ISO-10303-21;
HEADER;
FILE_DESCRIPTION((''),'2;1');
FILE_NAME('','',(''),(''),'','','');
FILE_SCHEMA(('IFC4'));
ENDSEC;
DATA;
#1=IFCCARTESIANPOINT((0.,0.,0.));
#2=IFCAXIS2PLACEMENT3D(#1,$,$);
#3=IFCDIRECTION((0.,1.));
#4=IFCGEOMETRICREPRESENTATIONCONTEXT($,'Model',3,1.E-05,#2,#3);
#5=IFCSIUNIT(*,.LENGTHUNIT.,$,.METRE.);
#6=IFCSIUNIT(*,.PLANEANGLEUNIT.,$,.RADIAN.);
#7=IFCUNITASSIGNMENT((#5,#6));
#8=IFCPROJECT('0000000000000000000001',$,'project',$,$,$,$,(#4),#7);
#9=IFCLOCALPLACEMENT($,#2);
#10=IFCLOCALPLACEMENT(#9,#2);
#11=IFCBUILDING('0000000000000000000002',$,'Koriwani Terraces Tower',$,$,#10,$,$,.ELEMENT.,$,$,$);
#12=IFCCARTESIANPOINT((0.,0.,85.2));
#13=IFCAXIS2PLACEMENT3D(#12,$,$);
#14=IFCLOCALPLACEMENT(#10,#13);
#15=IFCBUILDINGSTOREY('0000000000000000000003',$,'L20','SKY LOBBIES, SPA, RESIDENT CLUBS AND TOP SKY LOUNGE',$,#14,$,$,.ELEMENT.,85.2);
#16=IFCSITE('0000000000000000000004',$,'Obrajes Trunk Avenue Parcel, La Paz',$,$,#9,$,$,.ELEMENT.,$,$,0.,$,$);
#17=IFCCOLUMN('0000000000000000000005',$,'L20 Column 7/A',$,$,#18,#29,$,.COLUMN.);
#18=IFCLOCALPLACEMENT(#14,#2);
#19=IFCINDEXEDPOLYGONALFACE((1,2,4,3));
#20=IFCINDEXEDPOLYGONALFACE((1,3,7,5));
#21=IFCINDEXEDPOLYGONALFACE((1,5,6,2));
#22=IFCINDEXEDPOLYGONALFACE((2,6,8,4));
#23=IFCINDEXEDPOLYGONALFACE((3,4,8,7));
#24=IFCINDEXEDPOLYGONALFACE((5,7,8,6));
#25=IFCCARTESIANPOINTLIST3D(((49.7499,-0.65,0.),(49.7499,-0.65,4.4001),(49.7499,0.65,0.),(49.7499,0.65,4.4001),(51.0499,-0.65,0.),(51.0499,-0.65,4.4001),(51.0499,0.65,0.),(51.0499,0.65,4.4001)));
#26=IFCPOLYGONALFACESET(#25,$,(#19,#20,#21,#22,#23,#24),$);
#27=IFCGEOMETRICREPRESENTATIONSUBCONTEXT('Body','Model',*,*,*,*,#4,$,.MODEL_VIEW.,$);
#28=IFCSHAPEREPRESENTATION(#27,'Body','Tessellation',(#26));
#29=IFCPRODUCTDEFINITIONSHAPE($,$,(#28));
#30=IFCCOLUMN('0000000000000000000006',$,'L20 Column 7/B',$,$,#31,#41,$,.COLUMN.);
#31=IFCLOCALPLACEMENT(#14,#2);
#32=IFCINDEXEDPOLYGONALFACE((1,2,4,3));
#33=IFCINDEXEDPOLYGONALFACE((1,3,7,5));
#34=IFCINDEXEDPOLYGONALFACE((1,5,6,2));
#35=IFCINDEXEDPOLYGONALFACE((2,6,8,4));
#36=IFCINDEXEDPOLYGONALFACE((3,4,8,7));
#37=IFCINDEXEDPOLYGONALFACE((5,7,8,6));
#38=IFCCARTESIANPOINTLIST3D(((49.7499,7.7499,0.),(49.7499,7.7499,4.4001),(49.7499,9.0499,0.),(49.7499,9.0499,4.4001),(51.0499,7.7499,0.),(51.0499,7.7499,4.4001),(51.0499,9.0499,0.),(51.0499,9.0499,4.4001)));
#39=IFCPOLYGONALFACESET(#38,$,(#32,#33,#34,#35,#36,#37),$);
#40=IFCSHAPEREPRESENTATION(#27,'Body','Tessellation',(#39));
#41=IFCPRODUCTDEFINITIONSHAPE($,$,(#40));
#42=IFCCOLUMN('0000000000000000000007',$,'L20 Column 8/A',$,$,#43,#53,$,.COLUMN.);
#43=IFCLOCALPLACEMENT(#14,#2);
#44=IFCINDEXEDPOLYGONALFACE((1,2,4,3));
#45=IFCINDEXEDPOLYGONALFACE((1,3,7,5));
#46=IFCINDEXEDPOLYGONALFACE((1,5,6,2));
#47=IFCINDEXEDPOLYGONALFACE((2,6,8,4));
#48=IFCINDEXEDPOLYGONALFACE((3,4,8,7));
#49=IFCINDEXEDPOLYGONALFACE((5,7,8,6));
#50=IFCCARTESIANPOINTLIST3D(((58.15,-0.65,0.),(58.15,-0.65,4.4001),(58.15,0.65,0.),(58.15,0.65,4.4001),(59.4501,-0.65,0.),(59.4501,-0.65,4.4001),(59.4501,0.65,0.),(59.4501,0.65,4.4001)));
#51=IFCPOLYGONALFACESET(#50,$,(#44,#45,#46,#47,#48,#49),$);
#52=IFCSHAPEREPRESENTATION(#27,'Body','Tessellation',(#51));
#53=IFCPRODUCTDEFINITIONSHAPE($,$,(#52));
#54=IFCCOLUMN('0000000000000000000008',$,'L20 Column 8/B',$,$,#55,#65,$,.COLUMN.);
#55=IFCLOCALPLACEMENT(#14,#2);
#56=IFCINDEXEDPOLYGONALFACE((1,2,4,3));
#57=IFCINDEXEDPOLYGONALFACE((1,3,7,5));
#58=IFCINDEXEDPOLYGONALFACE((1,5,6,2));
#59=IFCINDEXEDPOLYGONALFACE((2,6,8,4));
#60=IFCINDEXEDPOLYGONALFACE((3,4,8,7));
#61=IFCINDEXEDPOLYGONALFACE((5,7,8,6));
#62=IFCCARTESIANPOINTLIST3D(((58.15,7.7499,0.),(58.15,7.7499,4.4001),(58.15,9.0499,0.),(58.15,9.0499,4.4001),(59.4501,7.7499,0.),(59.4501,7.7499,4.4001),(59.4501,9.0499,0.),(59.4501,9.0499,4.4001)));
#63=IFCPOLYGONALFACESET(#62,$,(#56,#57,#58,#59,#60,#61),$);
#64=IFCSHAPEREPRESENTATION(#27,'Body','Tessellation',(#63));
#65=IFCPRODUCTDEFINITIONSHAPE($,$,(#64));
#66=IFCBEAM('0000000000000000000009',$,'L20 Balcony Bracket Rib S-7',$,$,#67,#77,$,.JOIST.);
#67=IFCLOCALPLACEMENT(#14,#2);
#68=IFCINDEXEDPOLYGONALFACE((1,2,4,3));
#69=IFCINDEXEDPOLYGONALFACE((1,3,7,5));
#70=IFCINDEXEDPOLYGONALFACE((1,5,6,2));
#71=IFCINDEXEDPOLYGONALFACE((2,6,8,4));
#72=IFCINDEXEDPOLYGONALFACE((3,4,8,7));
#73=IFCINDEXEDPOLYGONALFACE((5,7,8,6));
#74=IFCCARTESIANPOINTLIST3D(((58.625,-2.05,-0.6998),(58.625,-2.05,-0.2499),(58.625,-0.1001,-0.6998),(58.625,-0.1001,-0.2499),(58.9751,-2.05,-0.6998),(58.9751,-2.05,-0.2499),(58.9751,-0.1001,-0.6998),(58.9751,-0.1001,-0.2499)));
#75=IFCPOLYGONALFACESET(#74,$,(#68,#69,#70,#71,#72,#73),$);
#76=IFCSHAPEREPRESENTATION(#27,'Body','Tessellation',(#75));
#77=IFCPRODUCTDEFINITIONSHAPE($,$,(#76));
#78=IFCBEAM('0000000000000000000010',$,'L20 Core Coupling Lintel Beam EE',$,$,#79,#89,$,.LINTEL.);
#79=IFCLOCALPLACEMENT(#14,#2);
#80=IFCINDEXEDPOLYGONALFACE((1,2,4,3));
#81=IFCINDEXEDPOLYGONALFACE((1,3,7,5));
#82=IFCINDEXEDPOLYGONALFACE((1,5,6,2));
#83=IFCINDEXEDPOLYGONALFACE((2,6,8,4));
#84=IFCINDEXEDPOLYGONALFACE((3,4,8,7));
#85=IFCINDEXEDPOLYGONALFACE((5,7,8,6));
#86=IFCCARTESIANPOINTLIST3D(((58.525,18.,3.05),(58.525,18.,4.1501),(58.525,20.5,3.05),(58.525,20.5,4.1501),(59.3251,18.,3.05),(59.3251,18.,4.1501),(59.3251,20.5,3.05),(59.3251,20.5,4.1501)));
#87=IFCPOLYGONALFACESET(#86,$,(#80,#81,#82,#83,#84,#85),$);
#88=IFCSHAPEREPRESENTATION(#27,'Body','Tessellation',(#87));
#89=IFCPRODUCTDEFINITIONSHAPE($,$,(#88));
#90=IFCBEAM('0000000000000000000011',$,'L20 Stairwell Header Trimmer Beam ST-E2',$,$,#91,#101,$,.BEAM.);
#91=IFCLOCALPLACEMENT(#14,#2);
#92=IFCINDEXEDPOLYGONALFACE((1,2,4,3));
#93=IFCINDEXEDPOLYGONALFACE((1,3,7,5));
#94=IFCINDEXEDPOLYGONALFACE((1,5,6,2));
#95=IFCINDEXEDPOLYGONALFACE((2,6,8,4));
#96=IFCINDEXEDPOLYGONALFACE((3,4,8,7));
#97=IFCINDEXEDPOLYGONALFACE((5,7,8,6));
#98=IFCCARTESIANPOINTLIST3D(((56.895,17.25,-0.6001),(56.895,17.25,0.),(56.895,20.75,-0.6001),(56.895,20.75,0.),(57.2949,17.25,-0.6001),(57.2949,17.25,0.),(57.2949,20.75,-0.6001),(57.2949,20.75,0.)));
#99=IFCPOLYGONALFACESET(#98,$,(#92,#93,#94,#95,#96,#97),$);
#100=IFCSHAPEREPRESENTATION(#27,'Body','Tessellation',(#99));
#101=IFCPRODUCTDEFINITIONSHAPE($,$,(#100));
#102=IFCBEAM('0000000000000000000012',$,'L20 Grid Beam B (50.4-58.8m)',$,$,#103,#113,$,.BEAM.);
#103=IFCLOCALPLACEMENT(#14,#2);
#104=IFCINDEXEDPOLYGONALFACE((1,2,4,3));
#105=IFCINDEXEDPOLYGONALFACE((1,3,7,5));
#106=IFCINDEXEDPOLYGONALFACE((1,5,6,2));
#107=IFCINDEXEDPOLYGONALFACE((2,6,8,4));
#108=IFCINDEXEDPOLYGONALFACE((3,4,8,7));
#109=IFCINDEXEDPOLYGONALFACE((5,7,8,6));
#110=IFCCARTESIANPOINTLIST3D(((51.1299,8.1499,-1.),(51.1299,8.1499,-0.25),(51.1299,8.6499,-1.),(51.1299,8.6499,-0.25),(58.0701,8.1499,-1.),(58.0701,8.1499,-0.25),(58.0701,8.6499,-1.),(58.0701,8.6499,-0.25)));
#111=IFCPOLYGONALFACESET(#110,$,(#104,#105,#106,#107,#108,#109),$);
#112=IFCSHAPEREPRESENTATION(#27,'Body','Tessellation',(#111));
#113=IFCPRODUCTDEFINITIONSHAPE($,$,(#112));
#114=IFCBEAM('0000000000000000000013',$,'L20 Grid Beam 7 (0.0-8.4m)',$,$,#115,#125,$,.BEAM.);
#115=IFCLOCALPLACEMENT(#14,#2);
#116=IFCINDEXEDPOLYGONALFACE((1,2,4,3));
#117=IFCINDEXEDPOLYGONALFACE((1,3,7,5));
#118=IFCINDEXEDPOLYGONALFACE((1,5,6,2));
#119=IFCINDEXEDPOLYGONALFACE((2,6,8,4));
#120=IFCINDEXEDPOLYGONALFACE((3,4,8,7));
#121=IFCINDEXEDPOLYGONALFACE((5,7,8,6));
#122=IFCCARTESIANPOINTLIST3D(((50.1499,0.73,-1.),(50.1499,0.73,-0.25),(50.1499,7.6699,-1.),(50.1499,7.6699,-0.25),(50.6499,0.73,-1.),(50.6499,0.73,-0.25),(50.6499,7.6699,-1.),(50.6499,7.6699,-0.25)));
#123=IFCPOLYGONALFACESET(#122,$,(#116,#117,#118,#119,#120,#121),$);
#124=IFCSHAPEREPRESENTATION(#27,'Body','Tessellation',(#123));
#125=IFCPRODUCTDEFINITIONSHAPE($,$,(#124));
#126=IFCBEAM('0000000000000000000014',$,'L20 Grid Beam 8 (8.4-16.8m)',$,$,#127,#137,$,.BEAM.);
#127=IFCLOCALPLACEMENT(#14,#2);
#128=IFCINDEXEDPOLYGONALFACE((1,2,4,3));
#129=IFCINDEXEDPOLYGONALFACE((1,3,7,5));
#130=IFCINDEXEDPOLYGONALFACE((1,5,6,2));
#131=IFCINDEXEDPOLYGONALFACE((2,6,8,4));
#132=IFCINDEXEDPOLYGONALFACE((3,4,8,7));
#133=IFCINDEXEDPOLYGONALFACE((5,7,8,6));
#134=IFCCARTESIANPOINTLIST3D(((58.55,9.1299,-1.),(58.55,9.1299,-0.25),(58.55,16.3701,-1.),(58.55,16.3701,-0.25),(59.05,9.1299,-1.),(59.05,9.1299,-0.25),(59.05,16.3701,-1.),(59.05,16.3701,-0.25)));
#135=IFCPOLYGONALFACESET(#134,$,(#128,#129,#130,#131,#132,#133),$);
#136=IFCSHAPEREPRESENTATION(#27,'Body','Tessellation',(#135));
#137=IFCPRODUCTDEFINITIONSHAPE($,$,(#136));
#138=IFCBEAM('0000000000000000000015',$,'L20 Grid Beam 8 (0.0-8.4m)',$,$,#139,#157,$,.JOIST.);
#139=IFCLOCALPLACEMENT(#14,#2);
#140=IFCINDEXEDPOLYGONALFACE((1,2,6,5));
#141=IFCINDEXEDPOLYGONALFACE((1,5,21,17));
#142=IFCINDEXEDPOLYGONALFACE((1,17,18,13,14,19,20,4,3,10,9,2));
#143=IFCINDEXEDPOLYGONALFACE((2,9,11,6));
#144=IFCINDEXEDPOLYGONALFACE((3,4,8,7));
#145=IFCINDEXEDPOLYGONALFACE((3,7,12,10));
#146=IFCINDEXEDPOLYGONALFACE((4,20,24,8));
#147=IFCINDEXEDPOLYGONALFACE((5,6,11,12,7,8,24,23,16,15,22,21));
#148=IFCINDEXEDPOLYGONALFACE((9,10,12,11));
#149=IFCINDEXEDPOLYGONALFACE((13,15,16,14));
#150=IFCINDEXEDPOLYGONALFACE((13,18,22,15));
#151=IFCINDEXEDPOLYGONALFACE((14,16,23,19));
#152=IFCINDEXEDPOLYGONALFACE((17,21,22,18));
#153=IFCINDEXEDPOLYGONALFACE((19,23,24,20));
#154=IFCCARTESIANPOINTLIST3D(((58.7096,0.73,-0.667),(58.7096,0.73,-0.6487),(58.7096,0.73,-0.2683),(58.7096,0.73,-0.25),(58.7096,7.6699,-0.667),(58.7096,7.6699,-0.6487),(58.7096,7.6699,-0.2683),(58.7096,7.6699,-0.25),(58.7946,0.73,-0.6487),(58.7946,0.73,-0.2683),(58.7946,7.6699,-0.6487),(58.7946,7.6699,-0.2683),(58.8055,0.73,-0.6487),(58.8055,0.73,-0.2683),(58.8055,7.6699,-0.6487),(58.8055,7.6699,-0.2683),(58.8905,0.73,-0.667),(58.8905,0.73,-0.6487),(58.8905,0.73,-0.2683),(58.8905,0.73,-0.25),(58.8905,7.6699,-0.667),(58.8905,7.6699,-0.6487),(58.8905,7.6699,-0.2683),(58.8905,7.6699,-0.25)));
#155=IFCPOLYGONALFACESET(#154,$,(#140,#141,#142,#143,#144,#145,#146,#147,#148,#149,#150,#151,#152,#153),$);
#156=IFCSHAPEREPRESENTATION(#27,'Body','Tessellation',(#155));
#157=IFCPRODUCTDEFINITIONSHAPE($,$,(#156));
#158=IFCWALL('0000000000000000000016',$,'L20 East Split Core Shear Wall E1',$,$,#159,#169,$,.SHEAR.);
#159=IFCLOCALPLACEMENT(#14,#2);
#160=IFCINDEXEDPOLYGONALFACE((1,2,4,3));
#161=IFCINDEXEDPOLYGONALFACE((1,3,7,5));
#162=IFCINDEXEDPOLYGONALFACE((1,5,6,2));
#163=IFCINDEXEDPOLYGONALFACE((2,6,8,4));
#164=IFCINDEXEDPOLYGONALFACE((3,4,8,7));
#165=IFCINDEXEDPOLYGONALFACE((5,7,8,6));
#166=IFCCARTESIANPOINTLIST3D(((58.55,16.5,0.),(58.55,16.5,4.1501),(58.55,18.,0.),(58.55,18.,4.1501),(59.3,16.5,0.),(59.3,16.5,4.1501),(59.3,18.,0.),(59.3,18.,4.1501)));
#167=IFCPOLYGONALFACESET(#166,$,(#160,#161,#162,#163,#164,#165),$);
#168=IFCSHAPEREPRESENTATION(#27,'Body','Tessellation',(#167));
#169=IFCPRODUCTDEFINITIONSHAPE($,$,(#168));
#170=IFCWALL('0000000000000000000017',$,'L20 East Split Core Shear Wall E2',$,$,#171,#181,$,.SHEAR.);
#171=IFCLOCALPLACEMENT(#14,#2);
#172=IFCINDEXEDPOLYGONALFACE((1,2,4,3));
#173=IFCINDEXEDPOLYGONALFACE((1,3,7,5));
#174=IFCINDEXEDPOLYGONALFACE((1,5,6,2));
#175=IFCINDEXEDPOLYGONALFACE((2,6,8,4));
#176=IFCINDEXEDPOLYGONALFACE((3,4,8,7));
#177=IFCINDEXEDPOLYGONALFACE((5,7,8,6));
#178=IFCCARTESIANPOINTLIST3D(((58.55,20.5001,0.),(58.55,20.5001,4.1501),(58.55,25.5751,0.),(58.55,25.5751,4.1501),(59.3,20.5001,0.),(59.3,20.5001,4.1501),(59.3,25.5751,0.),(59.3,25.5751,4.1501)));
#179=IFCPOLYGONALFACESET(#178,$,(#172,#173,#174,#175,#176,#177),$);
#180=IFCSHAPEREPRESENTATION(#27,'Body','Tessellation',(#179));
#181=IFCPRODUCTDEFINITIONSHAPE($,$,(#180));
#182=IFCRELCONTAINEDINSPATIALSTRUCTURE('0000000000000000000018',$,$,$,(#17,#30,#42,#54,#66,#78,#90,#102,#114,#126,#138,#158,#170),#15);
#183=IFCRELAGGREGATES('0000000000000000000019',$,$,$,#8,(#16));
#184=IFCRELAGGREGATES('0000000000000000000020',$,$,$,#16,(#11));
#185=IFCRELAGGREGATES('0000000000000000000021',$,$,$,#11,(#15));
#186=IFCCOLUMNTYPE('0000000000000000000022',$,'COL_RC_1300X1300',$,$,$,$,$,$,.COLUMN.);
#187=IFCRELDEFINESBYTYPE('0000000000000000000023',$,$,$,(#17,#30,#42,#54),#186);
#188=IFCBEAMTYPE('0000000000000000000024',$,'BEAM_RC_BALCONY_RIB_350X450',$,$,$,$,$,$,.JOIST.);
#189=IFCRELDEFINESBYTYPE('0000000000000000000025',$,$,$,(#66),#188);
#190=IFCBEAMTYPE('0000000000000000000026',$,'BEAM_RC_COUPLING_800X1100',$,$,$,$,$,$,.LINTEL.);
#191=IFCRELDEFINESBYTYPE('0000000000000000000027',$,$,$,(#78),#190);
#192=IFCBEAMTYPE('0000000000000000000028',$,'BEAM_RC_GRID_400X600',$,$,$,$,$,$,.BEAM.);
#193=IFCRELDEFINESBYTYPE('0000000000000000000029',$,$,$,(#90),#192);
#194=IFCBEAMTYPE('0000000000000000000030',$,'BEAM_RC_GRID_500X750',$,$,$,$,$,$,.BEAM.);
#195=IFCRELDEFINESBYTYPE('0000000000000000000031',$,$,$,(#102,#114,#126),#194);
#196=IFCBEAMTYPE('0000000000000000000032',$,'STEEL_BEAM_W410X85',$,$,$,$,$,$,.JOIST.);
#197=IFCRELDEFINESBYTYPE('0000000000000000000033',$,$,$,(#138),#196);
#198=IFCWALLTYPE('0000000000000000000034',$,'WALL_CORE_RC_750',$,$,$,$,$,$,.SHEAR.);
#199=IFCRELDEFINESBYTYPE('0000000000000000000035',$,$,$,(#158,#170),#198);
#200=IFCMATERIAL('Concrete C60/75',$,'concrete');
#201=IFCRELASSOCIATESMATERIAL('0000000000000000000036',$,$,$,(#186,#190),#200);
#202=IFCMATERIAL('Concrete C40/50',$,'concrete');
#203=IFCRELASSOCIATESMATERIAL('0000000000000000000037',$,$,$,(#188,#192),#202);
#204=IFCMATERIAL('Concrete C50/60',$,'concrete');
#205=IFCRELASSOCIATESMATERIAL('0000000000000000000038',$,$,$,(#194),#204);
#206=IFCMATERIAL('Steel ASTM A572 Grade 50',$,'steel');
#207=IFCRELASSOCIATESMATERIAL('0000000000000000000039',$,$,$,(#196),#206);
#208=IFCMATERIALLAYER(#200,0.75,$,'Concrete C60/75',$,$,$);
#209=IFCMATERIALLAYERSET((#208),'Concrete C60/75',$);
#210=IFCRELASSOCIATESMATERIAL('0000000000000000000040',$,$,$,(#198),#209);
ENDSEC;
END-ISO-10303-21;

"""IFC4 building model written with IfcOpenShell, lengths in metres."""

from ifc_helpers import new_model, si_unit, direction, frame, frame_2d, origin, origin_2d, place, context, subcontext, project, spatial, rectangle, i_section, extrude, material, layer, layer_set, material_profile, profile_set, type_object, element, save


model = new_model("IFC4")

# Units and contexts
model_context = context("Model", 3, precision=1e-05, world=origin(), true_north=direction((0.0, 1.0)))
body_context = subcontext(model_context, "Body", "Model", "MODEL_VIEW")
ifc_project = project(units=[si_unit("LENGTHUNIT", "METRE"), si_unit("PLANEANGLEUNIT", "RADIAN")], contexts=[model_context])

# Site, building, storey
site_placement = place(None, origin())
site = spatial("IfcSite", under=ifc_project, at=site_placement, Name="Obrajes Trunk Avenue Parcel, La Paz", CompositionType="ELEMENT", RefElevation=0.0)
building_placement = place(site_placement, origin())
building = spatial("IfcBuilding", under=site, at=building_placement, Name="Koriwani Terraces Tower", CompositionType="ELEMENT")
storey_placement = place(building_placement, frame((0.0, 0.0, 85.2)))
storey = spatial("IfcBuildingStorey", under=building, at=storey_placement, Name="L20", Description="SKY LOBBIES, SPA, RESIDENT CLUBS AND TOP SKY LOUNGE", CompositionType="ELEMENT", Elevation=85.2)

# Columns
ifc_material_1 = material(Name="Concrete C60/75", Category="concrete")
ifc_material_profile_1 = material_profile(ifc_material_1, rectangle(XDim=1.3, YDim=1.3, at=origin_2d()), Name="Concrete C60/75", Category="LoadBearing")
ifc_profile_set_1 = profile_set([ifc_material_profile_1], Name="Concrete C60/75")
column_type = type_object("IfcColumnType", Name="COL_RC_1300X1300", PredefinedType="COLUMN", material=ifc_profile_set_1)
for number, where, z_axis, x_axis, name in (
    (1, (50.3999, 0.0, 0.0), (0.0, 0.0, 1.0), (1.0, 0.0, 0.0), "L20 Column 7/A"),
    (2, (50.3999, 8.3999, 0.0), (0.0, 0.0, 1.0), (1.0, 0.0, 0.0), "L20 Column 7/B"),
    (3, (58.8, 0.0, 0.0), (0.0, 0.0, 1.0), (1.0, 0.0, 0.0), "L20 Column 8/A"),
    (4, (58.8, 8.3999, 0.0), (0.0, 0.0, 1.0), (1.0, 0.0, 0.0), "L20 Column 8/B"),
):
    element("IfcColumn", number, at=place(storey_placement, frame(where, z_axis=z_axis, x_axis=x_axis)), inside=storey, type_object=column_type, Name=name, PredefinedType="COLUMN", context=body_context, shape_type="SweptSolid", body=[
        extrude(rectangle(XDim=1.3, YDim=1.3, at=origin_2d()), origin(), (0.0, 0.0, 1.0), 4.4001),
    ])

# Beams
ifc_material_2 = material(Name="Concrete C40/50", Category="concrete")
ifc_material_profile_2 = material_profile(ifc_material_2, rectangle(XDim=0.3501, YDim=0.45, at=origin_2d()), Name="Concrete C40/50", Category="LoadBearing")
ifc_profile_set_2 = profile_set([ifc_material_profile_2], Name="Concrete C40/50")
beam_type_1 = type_object("IfcBeamType", Name="BEAM_RC_BALCONY_RIB_350X450", PredefinedType="JOIST", material=ifc_profile_set_2)
beam_1_placement = place(storey_placement, frame((58.8, -2.05, -0.4749), z_axis=(0.0, 1.0, 0.0), x_axis=(-1.0, 0.0, 0.0)))
element("IfcBeam", 5, at=beam_1_placement, inside=storey, type_object=beam_type_1, Name="L20 Balcony Bracket Rib S-7", PredefinedType="JOIST", context=body_context, shape_type="SweptSolid", body=[
    extrude(rectangle(XDim=0.3501, YDim=0.45, at=origin_2d()), origin(), (0.0, 0.0, 1.0), 1.95),
])
ifc_material_profile_3 = material_profile(ifc_material_1, rectangle(XDim=0.8, YDim=1.1001, at=origin_2d()), Name="Concrete C60/75", Category="LoadBearing")
ifc_profile_set_3 = profile_set([ifc_material_profile_3], Name="Concrete C60/75")
beam_type_2 = type_object("IfcBeamType", Name="BEAM_RC_COUPLING_800X1100", PredefinedType="LINTEL", material=ifc_profile_set_3)
beam_2_placement = place(storey_placement, frame((58.925, 18.0, 3.6001), z_axis=(0.0, 1.0, 0.0), x_axis=(-1.0, 0.0, 0.0)))
element("IfcBeam", 6, at=beam_2_placement, inside=storey, type_object=beam_type_2, Name="L20 Core Coupling Lintel Beam EE", PredefinedType="LINTEL", context=body_context, shape_type="SweptSolid", body=[
    extrude(rectangle(XDim=0.8, YDim=1.1001, at=origin_2d()), origin(), (0.0, 0.0, 1.0), 2.5),
])
ifc_material_profile_4 = material_profile(ifc_material_2, rectangle(XDim=0.3999, YDim=0.6001, at=origin_2d()), Name="Concrete C40/50", Category="LoadBearing")
ifc_profile_set_4 = profile_set([ifc_material_profile_4], Name="Concrete C40/50")
beam_type_3 = type_object("IfcBeamType", Name="BEAM_RC_GRID_400X600", PredefinedType="BEAM", material=ifc_profile_set_4)
beam_3_placement = place(storey_placement, frame((57.095, 17.25, -0.3), z_axis=(0.0, 1.0, 0.0), x_axis=(-1.0, 0.0, 0.0)))
element("IfcBeam", 7, at=beam_3_placement, inside=storey, type_object=beam_type_3, Name="L20 Stairwell Header Trimmer Beam ST-E2", PredefinedType="BEAM", context=body_context, shape_type="SweptSolid", body=[
    extrude(rectangle(XDim=0.3999, YDim=0.6001, at=origin_2d()), origin(), (0.0, 0.0, 1.0), 3.5),
])
ifc_material_3 = material(Name="Concrete C50/60", Category="concrete")
ifc_material_profile_5 = material_profile(ifc_material_3, rectangle(XDim=0.5, YDim=0.75, at=origin_2d()), Name="Concrete C50/60", Category="LoadBearing")
ifc_profile_set_5 = profile_set([ifc_material_profile_5], Name="Concrete C50/60")
beam_type_4 = type_object("IfcBeamType", Name="BEAM_RC_GRID_500X750", PredefinedType="BEAM", material=ifc_profile_set_5)
beam_4_placement = place(storey_placement, frame((51.1299, 8.3999, -0.625), z_axis=(1.0, 0.0, 0.0), x_axis=(0.0, 1.0, 0.0)))
element("IfcBeam", 8, at=beam_4_placement, inside=storey, type_object=beam_type_4, Name="L20 Grid Beam B (50.4-58.8m)", PredefinedType="BEAM", context=body_context, shape_type="SweptSolid", body=[
    extrude(rectangle(XDim=0.5, YDim=0.75, at=origin_2d()), origin(), (0.0, 0.0, 1.0), 6.9402),
])
beam_5_placement = place(storey_placement, frame((50.3999, 0.73, -0.625), z_axis=(0.0, 1.0, 0.0), x_axis=(-1.0, 0.0, 0.0)))
element("IfcBeam", 9, at=beam_5_placement, inside=storey, type_object=beam_type_4, Name="L20 Grid Beam 7 (0.0-8.4m)", PredefinedType="BEAM", context=body_context, shape_type="SweptSolid", body=[
    extrude(rectangle(XDim=0.5, YDim=0.75, at=origin_2d()), origin(), (0.0, 0.0, 1.0), 6.9399),
])
beam_6_placement = place(storey_placement, frame((58.8, 9.1299, -0.625), z_axis=(0.0, 1.0, 0.0), x_axis=(-1.0, 0.0, 0.0)))
element("IfcBeam", 10, at=beam_6_placement, inside=storey, type_object=beam_type_4, Name="L20 Grid Beam 8 (8.4-16.8m)", PredefinedType="BEAM", context=body_context, shape_type="SweptSolid", body=[
    extrude(rectangle(XDim=0.5, YDim=0.75, at=origin_2d()), origin(), (0.0, 0.0, 1.0), 7.2402),
])
ifc_material_4 = material(Name="Steel ASTM A572 Grade 50", Category="steel")
ifc_material_profile_6 = material_profile(ifc_material_4, i_section(OverallWidth=0.1809, OverallDepth=0.417, WebThickness=0.011, FlangeThickness=0.0183, at=origin_2d()), Name="Steel ASTM A572 Grade 50", Category="LoadBearing")
ifc_profile_set_6 = profile_set([ifc_material_profile_6], Name="Steel ASTM A572 Grade 50")
beam_type_5 = type_object("IfcBeamType", Name="STEEL_BEAM_W410X85", PredefinedType="JOIST", material=ifc_profile_set_6)
beam_7_placement = place(storey_placement, frame((58.8, 0.73, -0.4585), z_axis=(0.0, 1.0, 0.0), x_axis=(-1.0, 0.0, 0.0)))
element("IfcBeam", 11, at=beam_7_placement, inside=storey, type_object=beam_type_5, Name="L20 Grid Beam 8 (0.0-8.4m)", PredefinedType="JOIST", context=body_context, shape_type="SweptSolid", body=[
    extrude(i_section(OverallWidth=0.1809, OverallDepth=0.417, WebThickness=0.011, FlangeThickness=0.0183, at=origin_2d()), origin(), (0.0, 0.0, 1.0), 6.9399),
])

# Walls
ifc_layer_1 = layer(ifc_material_1, 0.75, Name="Concrete C60/75")
ifc_layer_set_1 = layer_set([ifc_layer_1], Name="Concrete C60/75")
wall_type_1 = type_object("IfcWallType", Name="WALL_CORE_RC_750", PredefinedType="SHEAR", material=ifc_layer_set_1)
wall_1_placement = place(storey_placement, frame((58.925, 16.5, 0.0), z_axis=(0.0, 0.0, 1.0), x_axis=(0.0, 1.0, 0.0)))
element("IfcWall", 12, at=wall_1_placement, inside=storey, type_object=wall_type_1, Name="L20 East Split Core Shear Wall E1", PredefinedType="SHEAR", context=body_context, shape_type="SweptSolid", body=[
    extrude(rectangle(XDim=1.5, YDim=0.75, at=frame_2d((0.75, 0.0))), origin(), (0.0, 0.0, 1.0), 4.1501),
])
wall_2_placement = place(storey_placement, frame((58.925, 20.5, 0.0), z_axis=(0.0, 0.0, 1.0), x_axis=(0.0, 1.0, 0.0)))
element("IfcWall", 13, at=wall_2_placement, inside=storey, type_object=wall_type_1, Name="L20 East Split Core Shear Wall E2", PredefinedType="SHEAR", context=body_context, shape_type="SweptSolid", body=[
    extrude(rectangle(XDim=5.075, YDim=0.75, at=frame_2d((2.5376, 0.0))), origin(), (0.0, 0.0, 1.0), 4.1501),
])

save(model, "model.ifc")
